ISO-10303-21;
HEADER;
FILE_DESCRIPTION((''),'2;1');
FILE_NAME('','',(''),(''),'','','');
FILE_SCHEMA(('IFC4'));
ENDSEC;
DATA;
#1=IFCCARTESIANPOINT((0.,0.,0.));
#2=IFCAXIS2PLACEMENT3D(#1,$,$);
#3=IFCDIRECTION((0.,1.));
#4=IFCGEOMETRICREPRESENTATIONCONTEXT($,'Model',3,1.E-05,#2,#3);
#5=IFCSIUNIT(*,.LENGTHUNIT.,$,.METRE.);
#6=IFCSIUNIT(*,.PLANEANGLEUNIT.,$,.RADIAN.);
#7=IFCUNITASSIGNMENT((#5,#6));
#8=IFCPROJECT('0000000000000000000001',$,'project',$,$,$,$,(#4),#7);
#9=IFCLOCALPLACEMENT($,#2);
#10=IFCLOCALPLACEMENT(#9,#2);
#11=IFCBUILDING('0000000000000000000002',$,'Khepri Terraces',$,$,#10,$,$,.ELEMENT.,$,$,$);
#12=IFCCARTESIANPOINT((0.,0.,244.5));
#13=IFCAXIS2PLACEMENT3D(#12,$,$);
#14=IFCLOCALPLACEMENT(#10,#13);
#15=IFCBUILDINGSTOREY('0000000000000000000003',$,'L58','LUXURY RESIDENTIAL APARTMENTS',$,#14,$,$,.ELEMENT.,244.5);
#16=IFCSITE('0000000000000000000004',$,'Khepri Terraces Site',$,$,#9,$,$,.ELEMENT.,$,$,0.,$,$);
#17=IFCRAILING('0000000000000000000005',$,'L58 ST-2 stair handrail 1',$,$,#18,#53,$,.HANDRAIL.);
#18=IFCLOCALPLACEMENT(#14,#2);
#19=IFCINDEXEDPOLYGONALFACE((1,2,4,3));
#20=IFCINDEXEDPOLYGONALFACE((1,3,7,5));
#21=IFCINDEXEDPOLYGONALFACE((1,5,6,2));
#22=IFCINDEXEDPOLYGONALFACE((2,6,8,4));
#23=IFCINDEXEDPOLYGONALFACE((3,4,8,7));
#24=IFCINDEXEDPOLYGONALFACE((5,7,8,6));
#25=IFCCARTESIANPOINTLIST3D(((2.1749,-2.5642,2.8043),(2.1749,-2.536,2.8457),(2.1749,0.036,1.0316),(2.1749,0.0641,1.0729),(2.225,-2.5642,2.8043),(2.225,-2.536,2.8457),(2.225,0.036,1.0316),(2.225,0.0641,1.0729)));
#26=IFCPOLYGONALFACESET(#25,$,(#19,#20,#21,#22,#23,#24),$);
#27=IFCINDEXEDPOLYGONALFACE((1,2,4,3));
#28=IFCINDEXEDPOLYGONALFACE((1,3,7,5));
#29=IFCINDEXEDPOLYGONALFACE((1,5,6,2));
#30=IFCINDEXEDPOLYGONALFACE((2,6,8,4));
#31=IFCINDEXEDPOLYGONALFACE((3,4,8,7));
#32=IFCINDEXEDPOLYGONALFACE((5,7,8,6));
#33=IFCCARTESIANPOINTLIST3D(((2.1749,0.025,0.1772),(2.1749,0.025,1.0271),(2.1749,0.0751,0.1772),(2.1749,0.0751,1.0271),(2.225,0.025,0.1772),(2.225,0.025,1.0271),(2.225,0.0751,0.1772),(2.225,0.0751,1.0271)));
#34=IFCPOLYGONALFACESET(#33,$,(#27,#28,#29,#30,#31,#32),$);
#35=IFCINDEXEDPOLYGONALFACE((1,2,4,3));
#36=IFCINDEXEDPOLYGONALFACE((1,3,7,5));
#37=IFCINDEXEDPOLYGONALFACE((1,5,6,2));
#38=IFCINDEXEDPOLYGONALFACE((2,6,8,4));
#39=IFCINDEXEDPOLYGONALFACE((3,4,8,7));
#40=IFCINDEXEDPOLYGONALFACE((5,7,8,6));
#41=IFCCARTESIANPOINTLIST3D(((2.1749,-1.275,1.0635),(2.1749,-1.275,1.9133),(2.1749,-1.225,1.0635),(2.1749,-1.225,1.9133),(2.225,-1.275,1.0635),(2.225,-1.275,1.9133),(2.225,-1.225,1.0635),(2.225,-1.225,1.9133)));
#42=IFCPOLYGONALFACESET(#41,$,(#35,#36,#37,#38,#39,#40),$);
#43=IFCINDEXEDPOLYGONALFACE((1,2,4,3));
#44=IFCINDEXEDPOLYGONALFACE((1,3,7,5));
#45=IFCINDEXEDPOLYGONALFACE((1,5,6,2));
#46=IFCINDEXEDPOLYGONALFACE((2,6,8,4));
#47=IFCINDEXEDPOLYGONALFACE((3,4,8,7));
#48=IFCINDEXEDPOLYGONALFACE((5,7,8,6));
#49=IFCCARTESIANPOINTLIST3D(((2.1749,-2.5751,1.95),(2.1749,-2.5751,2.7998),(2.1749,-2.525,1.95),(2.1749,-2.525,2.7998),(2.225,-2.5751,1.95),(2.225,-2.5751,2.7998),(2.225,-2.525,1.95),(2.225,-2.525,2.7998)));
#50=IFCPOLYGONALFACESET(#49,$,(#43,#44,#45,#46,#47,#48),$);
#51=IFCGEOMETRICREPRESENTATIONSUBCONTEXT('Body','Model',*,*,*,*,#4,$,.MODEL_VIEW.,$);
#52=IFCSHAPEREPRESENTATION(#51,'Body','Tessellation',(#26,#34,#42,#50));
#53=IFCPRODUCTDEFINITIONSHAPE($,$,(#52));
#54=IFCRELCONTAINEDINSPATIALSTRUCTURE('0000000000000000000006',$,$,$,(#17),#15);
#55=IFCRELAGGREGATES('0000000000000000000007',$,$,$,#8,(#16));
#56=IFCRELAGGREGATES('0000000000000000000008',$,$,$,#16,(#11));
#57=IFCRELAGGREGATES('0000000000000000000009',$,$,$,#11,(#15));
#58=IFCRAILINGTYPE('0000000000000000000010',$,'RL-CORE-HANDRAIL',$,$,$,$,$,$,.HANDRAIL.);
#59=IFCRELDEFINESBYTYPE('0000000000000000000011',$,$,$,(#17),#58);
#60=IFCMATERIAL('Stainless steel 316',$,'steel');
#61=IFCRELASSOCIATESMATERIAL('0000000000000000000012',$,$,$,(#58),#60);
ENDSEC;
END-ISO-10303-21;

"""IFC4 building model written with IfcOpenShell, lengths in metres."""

from ifc_helpers import new_model, si_unit, direction, frame, origin, origin_2d, place, context, subcontext, project, spatial, rectangle, extrude, material, type_object, element, save


model = new_model("IFC4")

# Units and contexts
model_context = context("Model", 3, precision=1e-05, world=origin(), true_north=direction((0.0, 1.0)))
body_context = subcontext(model_context, "Body", "Model", "MODEL_VIEW")
ifc_project = project(units=[si_unit("LENGTHUNIT", "METRE"), si_unit("PLANEANGLEUNIT", "RADIAN")], contexts=[model_context])

# Site, building, storey
site_placement = place(None, origin())
site = spatial("IfcSite", under=ifc_project, at=site_placement, Name="Khepri Terraces Site", CompositionType="ELEMENT", RefElevation=0.0)
building_placement = place(site_placement, origin())
building = spatial("IfcBuilding", under=site, at=building_placement, Name="Khepri Terraces", CompositionType="ELEMENT")
storey_placement = place(building_placement, frame((0.0, 0.0, 244.5)))
storey = spatial("IfcBuildingStorey", under=building, at=storey_placement, Name="L58", Description="LUXURY RESIDENTIAL APARTMENTS", CompositionType="ELEMENT", Elevation=244.5)

# Railing
ifc_material_1 = material(Name="Stainless steel 316", Category="steel")
railing_type_1 = type_object("IfcRailingType", Name="RL-CORE-HANDRAIL", PredefinedType="HANDRAIL", material=ifc_material_1)
railing_1_placement = place(storey_placement, frame((2.2, 0.05, 0.1772)))
element("IfcRailing", 1, at=railing_1_placement, inside=storey, type_object=railing_type_1, Name="L58 ST-2 stair handrail 1", PredefinedType="HANDRAIL", context=body_context, shape_type="SweptSolid", body=[
    extrude(rectangle(XDim=0.05, YDim=0.05, at=origin_2d()), frame((0.0, 0.0, 0.875), z_axis=(0.0, -0.82624, 0.563318), x_axis=(1.0, 0.0, 0.0)), (0.0, 0.0, 1.0), 3.147),
    extrude(rectangle(XDim=0.05, YDim=0.05, at=origin_2d()), origin(), (0.0, 0.0, 1.0), 0.8499),
    extrude(rectangle(XDim=0.05, YDim=0.05, at=origin_2d()), frame((0.0, -1.3, 0.8862)), (0.0, 0.0, 1.0), 0.8499),
    extrude(rectangle(XDim=0.05, YDim=0.05, at=origin_2d()), frame((0.0, -2.6001, 1.7727)), (0.0, 0.0, 1.0), 0.8499),
])

save(model, "model.ifc")
